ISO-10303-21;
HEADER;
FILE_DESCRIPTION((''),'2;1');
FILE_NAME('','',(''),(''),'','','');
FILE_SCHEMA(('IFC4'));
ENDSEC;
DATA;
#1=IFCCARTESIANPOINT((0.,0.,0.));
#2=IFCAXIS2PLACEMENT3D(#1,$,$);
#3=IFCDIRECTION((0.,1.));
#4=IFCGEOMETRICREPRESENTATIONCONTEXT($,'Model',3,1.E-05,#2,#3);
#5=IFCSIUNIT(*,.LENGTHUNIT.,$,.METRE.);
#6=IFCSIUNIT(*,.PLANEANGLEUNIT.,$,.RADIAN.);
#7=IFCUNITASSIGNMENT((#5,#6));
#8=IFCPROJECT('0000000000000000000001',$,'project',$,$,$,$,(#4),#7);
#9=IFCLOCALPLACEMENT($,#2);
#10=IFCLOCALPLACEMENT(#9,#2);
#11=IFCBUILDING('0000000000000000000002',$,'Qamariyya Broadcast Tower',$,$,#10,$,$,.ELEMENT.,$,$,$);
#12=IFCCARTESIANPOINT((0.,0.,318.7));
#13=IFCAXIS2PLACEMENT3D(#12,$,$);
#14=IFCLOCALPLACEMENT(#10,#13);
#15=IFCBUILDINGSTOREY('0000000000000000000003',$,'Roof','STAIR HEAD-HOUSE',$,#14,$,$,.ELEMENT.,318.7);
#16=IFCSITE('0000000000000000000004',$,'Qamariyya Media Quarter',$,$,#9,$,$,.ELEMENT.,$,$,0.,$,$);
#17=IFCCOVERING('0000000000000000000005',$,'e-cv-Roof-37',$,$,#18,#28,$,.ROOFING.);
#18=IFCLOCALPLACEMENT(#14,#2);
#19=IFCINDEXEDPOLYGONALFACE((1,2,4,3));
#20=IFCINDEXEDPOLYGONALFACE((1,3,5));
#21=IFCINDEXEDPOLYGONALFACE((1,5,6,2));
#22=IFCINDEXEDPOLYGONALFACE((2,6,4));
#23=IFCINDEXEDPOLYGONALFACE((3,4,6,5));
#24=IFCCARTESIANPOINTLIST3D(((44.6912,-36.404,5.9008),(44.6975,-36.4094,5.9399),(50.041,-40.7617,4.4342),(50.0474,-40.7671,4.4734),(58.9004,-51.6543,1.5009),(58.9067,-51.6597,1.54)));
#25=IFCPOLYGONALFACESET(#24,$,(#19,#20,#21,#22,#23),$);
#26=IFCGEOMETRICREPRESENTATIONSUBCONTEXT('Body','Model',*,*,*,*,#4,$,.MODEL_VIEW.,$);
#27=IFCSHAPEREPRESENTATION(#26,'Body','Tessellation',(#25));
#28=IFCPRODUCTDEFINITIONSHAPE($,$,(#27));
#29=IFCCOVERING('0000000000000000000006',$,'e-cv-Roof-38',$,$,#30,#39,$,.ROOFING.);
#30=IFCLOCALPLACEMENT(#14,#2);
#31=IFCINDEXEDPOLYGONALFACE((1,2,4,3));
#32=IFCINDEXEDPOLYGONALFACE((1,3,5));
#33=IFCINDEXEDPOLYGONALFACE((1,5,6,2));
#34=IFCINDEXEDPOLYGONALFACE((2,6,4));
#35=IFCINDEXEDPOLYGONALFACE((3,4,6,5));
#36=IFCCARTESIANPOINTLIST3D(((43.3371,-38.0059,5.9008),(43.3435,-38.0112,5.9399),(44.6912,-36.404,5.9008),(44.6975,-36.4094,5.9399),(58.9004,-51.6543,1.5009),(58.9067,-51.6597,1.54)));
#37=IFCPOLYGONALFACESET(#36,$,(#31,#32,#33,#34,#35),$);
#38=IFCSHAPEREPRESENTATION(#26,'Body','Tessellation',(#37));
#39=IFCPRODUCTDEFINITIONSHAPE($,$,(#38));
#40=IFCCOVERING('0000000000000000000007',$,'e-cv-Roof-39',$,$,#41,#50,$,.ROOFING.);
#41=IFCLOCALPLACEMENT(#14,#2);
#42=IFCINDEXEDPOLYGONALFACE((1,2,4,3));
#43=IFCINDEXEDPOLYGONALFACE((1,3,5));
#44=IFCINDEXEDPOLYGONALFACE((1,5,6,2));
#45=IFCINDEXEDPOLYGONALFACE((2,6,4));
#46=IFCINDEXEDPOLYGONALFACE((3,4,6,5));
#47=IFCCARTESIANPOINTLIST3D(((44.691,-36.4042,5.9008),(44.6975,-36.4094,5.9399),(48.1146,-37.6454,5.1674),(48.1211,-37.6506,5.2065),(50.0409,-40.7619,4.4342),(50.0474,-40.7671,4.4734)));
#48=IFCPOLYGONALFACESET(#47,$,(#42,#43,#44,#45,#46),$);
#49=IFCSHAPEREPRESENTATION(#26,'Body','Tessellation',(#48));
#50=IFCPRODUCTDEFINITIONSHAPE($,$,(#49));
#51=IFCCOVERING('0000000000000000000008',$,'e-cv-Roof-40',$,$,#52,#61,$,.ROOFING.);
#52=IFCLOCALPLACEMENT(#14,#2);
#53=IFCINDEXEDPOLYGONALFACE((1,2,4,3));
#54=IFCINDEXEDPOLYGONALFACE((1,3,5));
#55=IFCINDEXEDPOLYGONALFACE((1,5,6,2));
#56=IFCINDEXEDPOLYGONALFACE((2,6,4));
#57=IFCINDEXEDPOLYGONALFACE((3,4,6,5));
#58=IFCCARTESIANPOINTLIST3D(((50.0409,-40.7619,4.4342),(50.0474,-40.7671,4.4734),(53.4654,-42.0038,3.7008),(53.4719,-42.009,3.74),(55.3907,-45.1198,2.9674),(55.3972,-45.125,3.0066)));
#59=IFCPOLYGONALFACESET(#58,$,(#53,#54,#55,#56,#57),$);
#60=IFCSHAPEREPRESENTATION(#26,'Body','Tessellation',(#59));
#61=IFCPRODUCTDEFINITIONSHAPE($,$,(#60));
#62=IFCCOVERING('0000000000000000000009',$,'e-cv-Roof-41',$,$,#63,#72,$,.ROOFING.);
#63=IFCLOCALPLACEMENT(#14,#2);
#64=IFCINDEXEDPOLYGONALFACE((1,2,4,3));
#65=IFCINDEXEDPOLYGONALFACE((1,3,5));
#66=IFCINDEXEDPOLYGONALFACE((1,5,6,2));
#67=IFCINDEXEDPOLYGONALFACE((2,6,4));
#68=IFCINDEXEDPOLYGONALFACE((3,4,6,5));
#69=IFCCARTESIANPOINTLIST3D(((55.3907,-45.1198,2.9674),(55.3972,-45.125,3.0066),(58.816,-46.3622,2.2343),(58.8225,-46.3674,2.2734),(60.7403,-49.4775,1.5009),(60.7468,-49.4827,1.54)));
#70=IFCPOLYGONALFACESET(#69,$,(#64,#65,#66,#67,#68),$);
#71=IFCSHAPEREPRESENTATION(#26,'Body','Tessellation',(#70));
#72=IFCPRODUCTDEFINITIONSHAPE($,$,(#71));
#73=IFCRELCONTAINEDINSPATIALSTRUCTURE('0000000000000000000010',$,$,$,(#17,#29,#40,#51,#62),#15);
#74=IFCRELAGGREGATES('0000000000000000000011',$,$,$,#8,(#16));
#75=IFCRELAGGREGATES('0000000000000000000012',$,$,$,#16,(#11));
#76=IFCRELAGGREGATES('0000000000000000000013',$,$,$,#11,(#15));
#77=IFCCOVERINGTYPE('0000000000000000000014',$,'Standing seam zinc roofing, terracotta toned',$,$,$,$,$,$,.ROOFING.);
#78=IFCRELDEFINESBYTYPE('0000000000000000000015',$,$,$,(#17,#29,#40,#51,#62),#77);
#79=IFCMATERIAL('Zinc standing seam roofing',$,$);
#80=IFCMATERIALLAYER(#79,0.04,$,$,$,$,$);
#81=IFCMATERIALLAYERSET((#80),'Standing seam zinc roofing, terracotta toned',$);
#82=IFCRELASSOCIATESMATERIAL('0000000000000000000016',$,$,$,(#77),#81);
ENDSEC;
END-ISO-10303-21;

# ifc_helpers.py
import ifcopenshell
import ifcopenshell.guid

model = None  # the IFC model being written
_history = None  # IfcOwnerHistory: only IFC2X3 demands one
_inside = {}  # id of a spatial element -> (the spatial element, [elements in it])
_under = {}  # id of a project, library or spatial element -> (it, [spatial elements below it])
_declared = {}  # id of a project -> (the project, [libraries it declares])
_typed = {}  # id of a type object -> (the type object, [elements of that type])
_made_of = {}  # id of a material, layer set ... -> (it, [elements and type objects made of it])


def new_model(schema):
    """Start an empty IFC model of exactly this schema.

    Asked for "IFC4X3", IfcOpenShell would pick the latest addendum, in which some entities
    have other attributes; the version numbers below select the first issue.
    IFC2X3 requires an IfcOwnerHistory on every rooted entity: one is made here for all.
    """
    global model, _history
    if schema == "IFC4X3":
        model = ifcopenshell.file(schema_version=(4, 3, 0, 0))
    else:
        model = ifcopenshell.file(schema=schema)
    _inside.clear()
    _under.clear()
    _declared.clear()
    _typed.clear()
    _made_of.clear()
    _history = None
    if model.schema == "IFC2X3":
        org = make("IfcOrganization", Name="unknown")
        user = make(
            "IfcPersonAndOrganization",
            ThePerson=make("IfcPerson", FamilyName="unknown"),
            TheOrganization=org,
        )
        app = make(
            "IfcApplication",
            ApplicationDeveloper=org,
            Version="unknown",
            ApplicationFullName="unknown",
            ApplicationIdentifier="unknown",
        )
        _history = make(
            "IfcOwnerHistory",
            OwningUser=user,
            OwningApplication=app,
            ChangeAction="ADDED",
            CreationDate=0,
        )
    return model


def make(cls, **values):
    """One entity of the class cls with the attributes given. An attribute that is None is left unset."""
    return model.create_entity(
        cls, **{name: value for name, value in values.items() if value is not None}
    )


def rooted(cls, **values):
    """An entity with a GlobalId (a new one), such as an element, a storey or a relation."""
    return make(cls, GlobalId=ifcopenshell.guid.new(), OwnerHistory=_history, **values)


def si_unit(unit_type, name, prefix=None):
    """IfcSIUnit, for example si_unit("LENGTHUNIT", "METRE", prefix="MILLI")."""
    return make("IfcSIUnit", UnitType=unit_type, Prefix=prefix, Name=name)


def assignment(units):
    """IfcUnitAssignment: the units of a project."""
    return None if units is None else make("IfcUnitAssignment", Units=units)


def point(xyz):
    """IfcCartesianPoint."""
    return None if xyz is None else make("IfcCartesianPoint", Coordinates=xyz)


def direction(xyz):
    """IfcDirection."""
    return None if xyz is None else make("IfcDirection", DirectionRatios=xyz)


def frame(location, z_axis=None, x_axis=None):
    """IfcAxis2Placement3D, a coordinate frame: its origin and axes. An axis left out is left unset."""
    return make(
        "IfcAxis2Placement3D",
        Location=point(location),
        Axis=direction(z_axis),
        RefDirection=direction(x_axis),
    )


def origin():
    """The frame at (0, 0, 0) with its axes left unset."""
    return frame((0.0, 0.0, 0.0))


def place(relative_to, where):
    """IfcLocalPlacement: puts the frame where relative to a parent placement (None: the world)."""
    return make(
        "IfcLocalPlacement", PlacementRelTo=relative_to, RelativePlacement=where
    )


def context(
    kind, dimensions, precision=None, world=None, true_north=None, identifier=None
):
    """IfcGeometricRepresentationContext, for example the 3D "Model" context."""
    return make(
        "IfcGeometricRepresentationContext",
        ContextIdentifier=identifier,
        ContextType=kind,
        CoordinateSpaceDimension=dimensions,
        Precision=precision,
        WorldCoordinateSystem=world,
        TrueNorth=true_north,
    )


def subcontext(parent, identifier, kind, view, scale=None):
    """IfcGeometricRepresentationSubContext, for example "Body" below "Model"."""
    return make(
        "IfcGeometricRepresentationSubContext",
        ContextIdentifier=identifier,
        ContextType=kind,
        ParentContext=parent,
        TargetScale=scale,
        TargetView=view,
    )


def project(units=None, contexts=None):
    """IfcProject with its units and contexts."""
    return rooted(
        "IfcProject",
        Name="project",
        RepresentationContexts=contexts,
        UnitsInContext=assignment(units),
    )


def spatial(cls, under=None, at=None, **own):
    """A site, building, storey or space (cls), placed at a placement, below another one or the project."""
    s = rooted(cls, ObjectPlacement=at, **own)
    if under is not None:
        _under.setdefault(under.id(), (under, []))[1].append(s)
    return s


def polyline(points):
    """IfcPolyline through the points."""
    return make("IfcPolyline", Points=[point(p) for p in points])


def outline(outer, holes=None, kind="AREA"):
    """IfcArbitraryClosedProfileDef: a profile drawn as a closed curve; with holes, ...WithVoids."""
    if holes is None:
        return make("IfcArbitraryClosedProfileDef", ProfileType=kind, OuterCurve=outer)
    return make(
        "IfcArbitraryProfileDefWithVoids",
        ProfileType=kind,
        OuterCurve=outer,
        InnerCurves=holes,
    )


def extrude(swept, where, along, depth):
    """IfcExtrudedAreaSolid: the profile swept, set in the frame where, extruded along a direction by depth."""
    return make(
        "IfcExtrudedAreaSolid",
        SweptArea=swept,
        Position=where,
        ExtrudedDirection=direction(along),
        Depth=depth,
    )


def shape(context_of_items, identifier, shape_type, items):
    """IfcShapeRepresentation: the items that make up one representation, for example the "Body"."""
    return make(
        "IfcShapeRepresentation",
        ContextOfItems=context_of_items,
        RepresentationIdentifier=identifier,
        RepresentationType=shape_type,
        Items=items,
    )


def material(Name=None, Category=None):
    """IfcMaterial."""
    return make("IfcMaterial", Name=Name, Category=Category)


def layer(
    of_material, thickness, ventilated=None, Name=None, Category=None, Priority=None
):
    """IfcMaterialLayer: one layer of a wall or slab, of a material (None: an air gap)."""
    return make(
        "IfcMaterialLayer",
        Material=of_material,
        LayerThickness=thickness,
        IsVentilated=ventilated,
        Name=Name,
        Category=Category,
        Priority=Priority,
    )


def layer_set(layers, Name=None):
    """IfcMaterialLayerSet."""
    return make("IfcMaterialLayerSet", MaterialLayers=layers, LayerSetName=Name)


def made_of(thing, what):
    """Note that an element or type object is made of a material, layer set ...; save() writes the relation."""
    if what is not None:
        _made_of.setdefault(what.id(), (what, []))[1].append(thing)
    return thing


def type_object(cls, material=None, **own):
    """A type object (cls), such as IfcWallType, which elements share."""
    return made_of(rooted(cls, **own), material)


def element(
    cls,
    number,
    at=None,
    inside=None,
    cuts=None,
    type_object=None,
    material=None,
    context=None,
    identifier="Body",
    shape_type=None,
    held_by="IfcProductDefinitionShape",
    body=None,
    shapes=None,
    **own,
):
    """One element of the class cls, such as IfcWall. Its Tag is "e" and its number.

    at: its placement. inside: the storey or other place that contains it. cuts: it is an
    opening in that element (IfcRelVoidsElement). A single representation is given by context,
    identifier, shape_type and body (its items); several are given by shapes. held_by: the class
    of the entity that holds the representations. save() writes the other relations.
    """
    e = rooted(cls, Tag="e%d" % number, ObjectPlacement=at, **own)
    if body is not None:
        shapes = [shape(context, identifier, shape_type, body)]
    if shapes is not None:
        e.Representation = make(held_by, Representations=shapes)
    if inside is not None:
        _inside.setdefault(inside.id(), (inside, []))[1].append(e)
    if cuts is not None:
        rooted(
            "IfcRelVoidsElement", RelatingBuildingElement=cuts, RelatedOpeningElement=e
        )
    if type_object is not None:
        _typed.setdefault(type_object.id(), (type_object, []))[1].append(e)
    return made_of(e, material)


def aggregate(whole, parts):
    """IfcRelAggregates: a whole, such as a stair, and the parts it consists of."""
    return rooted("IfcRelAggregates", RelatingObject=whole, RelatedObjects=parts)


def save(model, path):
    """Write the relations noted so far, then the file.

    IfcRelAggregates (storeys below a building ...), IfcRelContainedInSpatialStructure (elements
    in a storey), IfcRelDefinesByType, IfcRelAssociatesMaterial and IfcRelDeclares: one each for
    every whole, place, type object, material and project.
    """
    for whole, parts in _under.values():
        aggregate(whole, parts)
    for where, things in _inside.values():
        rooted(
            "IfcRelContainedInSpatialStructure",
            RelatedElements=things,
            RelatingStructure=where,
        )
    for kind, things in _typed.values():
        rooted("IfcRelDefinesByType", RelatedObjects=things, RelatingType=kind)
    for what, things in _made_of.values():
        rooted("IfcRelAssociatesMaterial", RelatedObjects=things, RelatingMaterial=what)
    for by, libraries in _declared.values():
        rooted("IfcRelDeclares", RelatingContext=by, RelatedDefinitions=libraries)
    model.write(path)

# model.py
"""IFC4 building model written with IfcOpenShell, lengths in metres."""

from ifc_helpers import new_model, si_unit, direction, frame, origin, place, context, subcontext, project, spatial, polyline, outline, extrude, material, layer, layer_set, type_object, element, save


model = new_model("IFC4")

# Units and contexts
model_context = context("Model", 3, precision=1e-05, world=origin(), true_north=direction((0.0, 1.0)))
body_context = subcontext(model_context, "Body", "Model", "MODEL_VIEW")
ifc_project = project(units=[si_unit("LENGTHUNIT", "METRE"), si_unit("PLANEANGLEUNIT", "RADIAN")], contexts=[model_context])

# Site, building, storey
site_placement = place(None, origin())
site = spatial("IfcSite", under=ifc_project, at=site_placement, Name="Qamariyya Media Quarter", CompositionType="ELEMENT", RefElevation=0.0)
building_placement = place(site_placement, origin())
building = spatial("IfcBuilding", under=site, at=building_placement, Name="Qamariyya Broadcast Tower", CompositionType="ELEMENT")
storey_placement = place(building_placement, frame((0.0, 0.0, 318.7)))
storey = spatial("IfcBuildingStorey", under=building, at=storey_placement, Name="Roof", Description="STAIR HEAD-HOUSE", CompositionType="ELEMENT", Elevation=318.7)

# Coverings
ifc_material_1 = material(Name="Zinc standing seam roofing")
ifc_layer_1 = layer(ifc_material_1, 0.04)
ifc_layer_set_1 = layer_set([ifc_layer_1], Name="Standing seam zinc roofing, terracotta toned")
covering_type = type_object("IfcCoveringType", Name="Standing seam zinc roofing, terracotta toned", PredefinedType="ROOFING", material=ifc_layer_set_1)
covering_1_placement = place(storey_placement, frame((58.9067, -51.6597, 1.54), z_axis=(0.15875, -0.134294, 0.978143), x_axis=(-0.61765, 0.759399, 0.204505)))
element("IfcCovering", 1, at=covering_1_placement, inside=storey, type_object=covering_type, Name="e-cv-Roof-37", PredefinedType="ROOFING", context=body_context, shape_type="SweptSolid", body=[
    extrude(outline(polyline([(0.0, 0.0), (14.3437, 0.0), (21.2571, 1.4018), (0.0, 0.0)])), origin(), (0.0, 0.0, -1.0), 0.04),
])
covering_2_placement = place(storey_placement, frame((58.9067, -51.6597, 1.54), z_axis=(0.158808, -0.13424, 0.978141), x_axis=(-0.666996, 0.715862, 0.206536)))
element("IfcCovering", 2, at=covering_2_placement, inside=storey, type_object=covering_type, Name="e-cv-Roof-38", PredefinedType="ROOFING", context=body_context, shape_type="SweptSolid", body=[
    extrude(outline(polyline([(0.0, 0.0), (21.3033, 0.0), (21.0598, 2.0832), (0.0, 0.0)])), origin(), (0.0, 0.0, -1.0), 0.04),
])
covering_3_placement = place(storey_placement, frame((48.1211, -37.6506, 5.2065), z_axis=(0.162534, -0.12965, 0.978148), x_axis=(-0.921618, 0.33413, 0.197428)))
element("IfcCovering", 3, at=covering_3_placement, inside=storey, type_object=covering_type, Name="e-cv-Roof-39", PredefinedType="ROOFING", context=body_context, shape_type="SweptSolid", body=[
    extrude(outline(polyline([(0.0, 0.0), (3.7148, 0.0), (-2.9613, 2.2783), (0.0, 0.0)])), origin(), (0.0, 0.0, -1.0), 0.04),
])
covering_4_placement = place(storey_placement, frame((53.4719, -42.009, 3.74), z_axis=(0.162369, -0.129899, 0.978142), x_axis=(-0.921597, 0.334224, 0.197368)))
element("IfcCovering", 4, at=covering_4_placement, inside=storey, type_object=covering_type, Name="e-cv-Roof-40", PredefinedType="ROOFING", context=body_context, shape_type="SweptSolid", body=[
    extrude(outline(polyline([(0.0, 0.0), (3.7159, 0.0), (-2.9605, 2.278), (0.0, 0.0)])), origin(), (0.0, 0.0, -1.0), 0.04),
])
covering_5_placement = place(storey_placement, frame((58.8225, -46.3674, 2.2734), z_axis=(0.162173, -0.130103, 0.978148), x_axis=(-0.921598, 0.334284, 0.19726)))
element("IfcCovering", 5, at=covering_5_placement, inside=storey, type_object=covering_type, Name="e-cv-Roof-41", PredefinedType="ROOFING", context=body_context, shape_type="SweptSolid", body=[
    extrude(outline(polyline([(0.0, 0.0), (3.7167, 0.0), (-2.9595, 2.2775), (0.0, 0.0)])), origin(), (0.0, 0.0, -1.0), 0.04),
])

save(model, "model.ifc")
